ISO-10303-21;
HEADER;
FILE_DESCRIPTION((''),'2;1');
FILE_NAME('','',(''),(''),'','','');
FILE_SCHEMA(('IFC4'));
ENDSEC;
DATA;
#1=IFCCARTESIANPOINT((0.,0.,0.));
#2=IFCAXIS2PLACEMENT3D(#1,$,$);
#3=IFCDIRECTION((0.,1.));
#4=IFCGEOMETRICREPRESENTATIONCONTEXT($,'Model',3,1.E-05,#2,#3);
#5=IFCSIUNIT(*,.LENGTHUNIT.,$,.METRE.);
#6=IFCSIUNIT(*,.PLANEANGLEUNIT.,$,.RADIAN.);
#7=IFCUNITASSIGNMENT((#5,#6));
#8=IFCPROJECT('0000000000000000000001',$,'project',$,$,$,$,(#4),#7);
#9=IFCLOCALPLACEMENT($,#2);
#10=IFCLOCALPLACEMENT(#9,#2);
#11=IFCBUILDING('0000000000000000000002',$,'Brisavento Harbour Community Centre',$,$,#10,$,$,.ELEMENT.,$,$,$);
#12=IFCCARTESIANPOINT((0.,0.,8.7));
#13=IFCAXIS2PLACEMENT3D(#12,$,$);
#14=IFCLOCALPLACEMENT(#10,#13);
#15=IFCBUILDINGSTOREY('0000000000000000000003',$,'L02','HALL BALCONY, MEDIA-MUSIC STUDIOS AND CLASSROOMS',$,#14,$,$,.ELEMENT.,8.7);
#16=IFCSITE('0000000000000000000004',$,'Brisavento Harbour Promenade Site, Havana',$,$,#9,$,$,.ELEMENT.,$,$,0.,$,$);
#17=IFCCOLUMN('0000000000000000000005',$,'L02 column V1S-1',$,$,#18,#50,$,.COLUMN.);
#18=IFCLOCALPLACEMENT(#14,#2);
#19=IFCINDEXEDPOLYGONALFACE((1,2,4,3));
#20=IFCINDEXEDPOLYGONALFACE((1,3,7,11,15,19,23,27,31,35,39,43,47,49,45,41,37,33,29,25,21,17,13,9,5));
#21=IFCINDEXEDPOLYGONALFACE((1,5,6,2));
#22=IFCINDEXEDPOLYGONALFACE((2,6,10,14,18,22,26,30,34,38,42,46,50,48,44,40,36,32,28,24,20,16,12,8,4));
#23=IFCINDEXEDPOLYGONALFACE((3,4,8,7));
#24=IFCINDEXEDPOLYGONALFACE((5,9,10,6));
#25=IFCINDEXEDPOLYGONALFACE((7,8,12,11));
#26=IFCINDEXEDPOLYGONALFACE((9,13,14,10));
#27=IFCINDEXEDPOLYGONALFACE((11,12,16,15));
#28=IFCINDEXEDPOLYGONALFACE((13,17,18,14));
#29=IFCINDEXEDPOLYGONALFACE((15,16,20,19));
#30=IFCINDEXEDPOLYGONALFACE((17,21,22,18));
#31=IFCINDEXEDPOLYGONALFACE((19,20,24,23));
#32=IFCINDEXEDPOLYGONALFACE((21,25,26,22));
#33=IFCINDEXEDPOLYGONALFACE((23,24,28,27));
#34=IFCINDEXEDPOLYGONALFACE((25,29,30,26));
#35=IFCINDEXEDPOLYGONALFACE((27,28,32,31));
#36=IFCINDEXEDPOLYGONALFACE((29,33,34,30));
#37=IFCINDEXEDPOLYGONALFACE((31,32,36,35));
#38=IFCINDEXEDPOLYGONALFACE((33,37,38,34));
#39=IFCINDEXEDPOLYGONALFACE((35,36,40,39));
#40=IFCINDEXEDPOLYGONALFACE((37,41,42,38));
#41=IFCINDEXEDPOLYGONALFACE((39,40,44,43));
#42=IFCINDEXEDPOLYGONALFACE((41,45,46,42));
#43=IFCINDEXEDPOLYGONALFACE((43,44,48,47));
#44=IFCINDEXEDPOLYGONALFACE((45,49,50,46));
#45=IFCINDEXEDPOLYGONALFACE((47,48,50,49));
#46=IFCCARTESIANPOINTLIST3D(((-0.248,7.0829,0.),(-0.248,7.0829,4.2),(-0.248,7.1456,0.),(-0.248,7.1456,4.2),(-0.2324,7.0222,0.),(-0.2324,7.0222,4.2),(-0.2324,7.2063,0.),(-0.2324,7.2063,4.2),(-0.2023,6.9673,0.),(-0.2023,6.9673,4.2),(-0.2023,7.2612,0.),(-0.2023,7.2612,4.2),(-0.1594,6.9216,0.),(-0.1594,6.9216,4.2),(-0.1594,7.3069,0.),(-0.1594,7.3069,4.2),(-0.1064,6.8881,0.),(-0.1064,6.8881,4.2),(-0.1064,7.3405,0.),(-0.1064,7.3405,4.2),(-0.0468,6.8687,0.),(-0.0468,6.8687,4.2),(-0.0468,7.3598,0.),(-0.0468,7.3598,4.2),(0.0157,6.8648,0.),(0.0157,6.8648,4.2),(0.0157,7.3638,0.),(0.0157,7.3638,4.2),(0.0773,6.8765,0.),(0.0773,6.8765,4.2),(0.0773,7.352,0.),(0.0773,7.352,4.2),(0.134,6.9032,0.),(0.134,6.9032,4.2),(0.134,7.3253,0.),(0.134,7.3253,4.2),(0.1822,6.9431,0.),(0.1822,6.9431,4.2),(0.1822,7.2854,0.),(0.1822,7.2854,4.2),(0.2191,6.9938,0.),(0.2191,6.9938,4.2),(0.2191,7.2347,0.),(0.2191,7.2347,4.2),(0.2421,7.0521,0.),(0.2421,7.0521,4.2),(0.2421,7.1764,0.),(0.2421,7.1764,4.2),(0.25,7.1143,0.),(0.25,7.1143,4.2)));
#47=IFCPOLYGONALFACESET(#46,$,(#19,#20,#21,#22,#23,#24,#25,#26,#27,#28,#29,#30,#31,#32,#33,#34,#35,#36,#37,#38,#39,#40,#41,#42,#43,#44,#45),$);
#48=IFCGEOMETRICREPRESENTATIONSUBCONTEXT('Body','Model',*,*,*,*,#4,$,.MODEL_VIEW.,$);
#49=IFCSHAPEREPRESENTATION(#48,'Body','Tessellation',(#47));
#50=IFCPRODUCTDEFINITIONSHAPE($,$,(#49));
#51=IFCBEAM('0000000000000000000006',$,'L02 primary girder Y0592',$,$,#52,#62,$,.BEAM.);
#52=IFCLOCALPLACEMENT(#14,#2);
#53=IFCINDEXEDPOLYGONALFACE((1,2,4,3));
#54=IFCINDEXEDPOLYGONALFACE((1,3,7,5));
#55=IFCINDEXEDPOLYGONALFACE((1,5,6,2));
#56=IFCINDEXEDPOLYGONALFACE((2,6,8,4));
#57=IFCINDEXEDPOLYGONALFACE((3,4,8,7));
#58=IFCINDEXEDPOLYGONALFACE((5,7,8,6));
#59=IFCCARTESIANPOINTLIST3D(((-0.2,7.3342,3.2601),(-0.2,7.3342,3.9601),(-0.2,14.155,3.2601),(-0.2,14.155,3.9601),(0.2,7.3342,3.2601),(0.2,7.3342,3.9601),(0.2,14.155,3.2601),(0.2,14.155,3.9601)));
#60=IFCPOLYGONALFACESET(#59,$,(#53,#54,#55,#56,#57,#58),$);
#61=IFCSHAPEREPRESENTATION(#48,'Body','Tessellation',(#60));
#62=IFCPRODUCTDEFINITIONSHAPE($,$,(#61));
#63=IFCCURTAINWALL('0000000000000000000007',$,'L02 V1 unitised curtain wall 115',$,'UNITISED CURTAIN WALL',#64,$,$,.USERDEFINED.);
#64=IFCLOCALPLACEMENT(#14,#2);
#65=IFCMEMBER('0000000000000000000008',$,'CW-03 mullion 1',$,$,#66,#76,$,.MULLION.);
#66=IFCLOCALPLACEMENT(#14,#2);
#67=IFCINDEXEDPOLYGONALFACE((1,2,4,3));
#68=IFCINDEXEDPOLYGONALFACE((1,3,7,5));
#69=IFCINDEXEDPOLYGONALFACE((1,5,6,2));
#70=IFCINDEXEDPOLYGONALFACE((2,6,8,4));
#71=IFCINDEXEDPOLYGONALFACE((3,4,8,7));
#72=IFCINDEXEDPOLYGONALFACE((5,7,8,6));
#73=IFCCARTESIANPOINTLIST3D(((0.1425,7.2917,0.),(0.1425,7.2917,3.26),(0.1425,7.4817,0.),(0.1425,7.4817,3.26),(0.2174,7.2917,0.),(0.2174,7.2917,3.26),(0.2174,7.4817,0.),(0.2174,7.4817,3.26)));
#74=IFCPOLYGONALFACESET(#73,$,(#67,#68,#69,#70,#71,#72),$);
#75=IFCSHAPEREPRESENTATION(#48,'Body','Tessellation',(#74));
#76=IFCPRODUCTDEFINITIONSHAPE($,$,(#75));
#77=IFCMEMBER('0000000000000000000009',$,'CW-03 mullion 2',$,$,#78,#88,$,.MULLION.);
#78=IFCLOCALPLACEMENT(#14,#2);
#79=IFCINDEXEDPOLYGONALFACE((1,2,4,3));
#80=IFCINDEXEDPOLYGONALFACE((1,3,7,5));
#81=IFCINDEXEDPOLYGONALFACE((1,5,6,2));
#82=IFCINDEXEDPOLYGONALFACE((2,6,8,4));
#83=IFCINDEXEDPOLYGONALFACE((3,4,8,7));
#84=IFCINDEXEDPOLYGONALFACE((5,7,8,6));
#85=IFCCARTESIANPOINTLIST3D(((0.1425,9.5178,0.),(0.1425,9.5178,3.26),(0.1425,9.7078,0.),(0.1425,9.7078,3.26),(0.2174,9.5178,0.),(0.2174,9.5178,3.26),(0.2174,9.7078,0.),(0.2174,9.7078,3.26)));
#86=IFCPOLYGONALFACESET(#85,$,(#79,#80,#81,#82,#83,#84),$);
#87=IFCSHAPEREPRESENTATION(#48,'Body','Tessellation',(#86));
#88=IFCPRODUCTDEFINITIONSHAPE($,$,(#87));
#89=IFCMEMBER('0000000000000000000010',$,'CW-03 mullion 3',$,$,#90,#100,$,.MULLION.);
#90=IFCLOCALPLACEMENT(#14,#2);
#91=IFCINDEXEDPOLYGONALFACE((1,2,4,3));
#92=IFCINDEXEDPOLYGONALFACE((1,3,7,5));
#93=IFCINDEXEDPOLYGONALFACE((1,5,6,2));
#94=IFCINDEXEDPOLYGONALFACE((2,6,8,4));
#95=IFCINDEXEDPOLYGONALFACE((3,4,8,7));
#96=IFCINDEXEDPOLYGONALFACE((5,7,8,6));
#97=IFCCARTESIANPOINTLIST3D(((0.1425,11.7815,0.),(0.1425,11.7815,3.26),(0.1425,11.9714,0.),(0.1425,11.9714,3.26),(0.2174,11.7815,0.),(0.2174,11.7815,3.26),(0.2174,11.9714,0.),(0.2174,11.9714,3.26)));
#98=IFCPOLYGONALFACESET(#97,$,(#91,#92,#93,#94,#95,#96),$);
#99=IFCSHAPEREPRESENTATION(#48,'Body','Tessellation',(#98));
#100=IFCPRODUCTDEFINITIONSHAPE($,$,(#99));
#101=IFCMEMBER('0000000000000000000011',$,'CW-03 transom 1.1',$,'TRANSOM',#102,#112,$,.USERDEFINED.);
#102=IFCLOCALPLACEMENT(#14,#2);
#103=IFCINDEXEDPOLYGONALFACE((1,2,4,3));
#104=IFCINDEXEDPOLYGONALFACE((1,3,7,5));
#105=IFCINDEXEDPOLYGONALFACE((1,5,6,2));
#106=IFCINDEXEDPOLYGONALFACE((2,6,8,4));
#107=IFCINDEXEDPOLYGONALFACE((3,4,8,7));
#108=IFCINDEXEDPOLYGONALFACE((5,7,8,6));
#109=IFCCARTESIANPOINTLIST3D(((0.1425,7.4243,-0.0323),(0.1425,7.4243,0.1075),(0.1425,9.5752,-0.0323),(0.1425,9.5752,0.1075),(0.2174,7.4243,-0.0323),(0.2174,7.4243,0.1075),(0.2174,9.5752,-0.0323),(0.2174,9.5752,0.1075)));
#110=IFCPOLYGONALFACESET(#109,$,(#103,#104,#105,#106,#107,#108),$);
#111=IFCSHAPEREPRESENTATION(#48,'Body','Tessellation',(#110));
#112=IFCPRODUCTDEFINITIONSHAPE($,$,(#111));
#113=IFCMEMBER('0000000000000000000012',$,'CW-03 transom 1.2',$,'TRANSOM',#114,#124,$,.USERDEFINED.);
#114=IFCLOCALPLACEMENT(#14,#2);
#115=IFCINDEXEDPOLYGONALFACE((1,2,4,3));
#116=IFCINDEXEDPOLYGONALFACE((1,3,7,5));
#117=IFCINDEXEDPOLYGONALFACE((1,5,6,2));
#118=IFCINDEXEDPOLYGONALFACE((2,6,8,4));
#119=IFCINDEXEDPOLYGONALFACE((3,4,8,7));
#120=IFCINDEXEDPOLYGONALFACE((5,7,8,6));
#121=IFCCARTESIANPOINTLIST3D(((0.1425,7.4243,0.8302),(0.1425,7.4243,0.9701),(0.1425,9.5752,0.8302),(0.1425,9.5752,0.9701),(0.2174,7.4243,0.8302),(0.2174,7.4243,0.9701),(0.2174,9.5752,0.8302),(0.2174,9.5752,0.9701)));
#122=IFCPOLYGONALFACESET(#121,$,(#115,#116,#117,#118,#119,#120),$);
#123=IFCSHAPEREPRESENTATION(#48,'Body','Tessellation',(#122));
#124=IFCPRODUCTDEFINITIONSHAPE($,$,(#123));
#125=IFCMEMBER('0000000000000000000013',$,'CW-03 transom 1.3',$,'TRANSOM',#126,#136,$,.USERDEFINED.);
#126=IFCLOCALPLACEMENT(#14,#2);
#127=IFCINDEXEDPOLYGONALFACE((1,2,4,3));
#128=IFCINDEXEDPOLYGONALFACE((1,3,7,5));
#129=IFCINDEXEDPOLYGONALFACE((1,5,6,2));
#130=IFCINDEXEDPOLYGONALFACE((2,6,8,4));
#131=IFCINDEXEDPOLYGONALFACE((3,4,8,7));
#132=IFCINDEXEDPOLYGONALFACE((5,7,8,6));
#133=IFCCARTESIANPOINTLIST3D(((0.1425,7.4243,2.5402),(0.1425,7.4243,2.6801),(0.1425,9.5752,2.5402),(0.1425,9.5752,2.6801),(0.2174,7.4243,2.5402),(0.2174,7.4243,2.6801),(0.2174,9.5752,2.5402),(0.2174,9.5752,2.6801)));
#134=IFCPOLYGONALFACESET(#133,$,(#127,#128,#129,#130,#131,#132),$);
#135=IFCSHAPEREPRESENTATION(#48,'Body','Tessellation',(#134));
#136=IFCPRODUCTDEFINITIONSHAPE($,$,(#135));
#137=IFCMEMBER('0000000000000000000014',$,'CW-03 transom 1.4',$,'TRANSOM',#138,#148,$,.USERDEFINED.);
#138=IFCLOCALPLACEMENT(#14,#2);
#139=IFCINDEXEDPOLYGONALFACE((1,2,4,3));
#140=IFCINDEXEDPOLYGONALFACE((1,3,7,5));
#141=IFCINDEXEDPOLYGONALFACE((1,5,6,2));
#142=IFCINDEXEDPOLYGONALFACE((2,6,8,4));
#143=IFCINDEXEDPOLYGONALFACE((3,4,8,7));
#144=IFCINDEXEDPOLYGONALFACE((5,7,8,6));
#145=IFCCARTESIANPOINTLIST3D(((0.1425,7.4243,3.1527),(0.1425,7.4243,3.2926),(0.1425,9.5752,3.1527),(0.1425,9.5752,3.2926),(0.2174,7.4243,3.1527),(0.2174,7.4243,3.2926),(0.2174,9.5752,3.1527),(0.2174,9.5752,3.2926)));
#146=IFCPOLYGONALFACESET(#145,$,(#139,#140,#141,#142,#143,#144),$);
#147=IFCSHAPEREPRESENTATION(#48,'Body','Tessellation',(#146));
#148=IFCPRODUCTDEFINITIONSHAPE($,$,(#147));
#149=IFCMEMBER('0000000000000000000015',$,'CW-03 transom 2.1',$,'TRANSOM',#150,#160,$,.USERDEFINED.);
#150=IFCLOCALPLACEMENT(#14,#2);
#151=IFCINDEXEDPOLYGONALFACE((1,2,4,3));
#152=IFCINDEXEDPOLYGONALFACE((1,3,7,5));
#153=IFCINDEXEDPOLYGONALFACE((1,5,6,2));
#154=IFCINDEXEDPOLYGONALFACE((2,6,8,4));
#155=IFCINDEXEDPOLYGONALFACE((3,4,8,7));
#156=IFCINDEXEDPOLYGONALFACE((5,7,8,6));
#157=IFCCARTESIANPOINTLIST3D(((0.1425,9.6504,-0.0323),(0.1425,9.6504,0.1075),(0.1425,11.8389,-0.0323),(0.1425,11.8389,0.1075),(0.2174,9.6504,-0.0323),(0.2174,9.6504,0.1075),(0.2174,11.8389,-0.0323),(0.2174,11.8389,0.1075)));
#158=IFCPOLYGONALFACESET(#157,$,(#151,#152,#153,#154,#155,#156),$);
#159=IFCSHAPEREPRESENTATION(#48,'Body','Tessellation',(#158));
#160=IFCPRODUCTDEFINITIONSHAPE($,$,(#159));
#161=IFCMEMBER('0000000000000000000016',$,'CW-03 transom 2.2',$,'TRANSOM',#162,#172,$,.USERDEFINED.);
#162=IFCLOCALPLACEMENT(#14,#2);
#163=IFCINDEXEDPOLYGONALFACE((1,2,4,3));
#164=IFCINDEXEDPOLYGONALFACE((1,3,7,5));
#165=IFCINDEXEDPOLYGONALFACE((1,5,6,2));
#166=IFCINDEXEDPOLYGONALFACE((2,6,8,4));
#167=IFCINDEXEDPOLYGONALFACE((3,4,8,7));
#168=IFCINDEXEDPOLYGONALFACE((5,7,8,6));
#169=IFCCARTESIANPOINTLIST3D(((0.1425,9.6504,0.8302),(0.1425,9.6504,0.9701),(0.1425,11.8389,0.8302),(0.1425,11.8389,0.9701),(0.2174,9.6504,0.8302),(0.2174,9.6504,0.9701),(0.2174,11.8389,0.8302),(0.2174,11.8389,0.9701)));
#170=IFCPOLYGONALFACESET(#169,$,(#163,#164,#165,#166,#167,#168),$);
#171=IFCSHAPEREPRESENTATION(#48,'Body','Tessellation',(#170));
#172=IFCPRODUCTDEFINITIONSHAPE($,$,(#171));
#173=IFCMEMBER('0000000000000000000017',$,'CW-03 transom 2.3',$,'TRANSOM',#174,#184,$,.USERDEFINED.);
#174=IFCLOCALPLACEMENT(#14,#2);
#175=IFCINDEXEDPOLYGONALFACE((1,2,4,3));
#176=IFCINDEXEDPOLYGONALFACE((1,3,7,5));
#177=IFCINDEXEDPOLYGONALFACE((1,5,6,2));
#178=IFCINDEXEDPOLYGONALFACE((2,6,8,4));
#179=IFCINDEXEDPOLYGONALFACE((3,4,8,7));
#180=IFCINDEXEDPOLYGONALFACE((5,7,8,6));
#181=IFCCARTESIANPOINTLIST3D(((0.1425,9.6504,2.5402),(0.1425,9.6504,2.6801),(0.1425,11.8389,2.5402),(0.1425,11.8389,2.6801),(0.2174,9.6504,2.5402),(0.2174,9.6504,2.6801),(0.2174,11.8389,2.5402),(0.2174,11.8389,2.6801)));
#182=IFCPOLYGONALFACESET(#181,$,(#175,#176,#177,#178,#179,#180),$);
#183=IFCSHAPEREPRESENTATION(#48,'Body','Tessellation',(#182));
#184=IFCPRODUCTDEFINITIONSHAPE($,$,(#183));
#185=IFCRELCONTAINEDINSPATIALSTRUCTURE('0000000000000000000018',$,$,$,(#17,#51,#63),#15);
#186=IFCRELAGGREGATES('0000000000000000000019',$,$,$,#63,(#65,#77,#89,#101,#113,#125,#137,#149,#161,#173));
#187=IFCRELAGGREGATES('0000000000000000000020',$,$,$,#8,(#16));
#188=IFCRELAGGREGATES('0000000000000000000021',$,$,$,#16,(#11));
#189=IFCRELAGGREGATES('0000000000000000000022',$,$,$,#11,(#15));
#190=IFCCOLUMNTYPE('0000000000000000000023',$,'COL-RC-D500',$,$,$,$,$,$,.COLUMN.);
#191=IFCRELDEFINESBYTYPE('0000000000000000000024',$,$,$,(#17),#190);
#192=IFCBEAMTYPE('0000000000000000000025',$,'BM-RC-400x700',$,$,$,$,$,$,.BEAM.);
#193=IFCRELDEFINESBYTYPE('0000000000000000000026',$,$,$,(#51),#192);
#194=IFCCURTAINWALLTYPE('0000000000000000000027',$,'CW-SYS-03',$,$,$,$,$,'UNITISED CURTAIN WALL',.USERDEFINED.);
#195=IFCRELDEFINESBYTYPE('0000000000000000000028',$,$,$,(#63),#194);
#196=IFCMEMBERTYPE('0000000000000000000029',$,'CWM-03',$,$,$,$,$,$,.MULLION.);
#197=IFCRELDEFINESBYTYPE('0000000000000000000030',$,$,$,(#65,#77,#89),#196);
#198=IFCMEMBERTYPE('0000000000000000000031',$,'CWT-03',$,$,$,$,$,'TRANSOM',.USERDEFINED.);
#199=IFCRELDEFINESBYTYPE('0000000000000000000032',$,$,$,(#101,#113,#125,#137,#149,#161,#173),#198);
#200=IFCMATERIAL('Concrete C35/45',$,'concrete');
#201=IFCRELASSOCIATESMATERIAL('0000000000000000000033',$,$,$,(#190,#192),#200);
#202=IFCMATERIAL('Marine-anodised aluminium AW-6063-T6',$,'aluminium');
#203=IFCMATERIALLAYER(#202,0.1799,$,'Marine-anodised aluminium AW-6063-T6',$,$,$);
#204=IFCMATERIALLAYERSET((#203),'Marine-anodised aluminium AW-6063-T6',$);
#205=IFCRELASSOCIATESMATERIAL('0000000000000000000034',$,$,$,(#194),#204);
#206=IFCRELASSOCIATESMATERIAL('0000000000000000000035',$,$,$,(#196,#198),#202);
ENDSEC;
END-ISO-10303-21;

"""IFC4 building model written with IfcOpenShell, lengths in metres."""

from ifc_helpers import new_model, si_unit, direction, frame, origin, origin_2d, place, context, subcontext, project, spatial, rectangle, circle, extrude, material, layer, layer_set, material_profile, profile_set, type_object, element, aggregate, save


model = new_model("IFC4")

# Units and contexts
model_context = context("Model", 3, precision=1e-05, world=origin(), true_north=direction((0.0, 1.0)))
body_context = subcontext(model_context, "Body", "Model", "MODEL_VIEW")
ifc_project = project(units=[si_unit("LENGTHUNIT", "METRE"), si_unit("PLANEANGLEUNIT", "RADIAN")], contexts=[model_context])

# Site, building, storey
site_placement = place(None, origin())
site = spatial("IfcSite", under=ifc_project, at=site_placement, Name="Brisavento Harbour Promenade Site, Havana", CompositionType="ELEMENT", RefElevation=0.0)
building_placement = place(site_placement, origin())
building = spatial("IfcBuilding", under=site, at=building_placement, Name="Brisavento Harbour Community Centre", CompositionType="ELEMENT")
storey_placement = place(building_placement, frame((0.0, 0.0, 8.7)))
storey = spatial("IfcBuildingStorey", under=building, at=storey_placement, Name="L02", Description="HALL BALCONY, MEDIA-MUSIC STUDIOS AND CLASSROOMS", CompositionType="ELEMENT", Elevation=8.7)

# Column
ifc_material_1 = material(Name="Concrete C35/45", Category="concrete")
ifc_material_profile_1 = material_profile(ifc_material_1, circle(Radius=0.25, at=origin_2d()), Name="Concrete C35/45")
ifc_profile_set_1 = profile_set([ifc_material_profile_1], Name="Concrete C35/45")
column_type = type_object("IfcColumnType", Name="COL-RC-D500", PredefinedType="COLUMN", material=ifc_profile_set_1)
column_placement = place(storey_placement, frame((0.0, 7.1143, 0.0), z_axis=(0.0, 0.0, 1.0), x_axis=(1.0, 0.0, 0.0)))
element("IfcColumn", 1, at=column_placement, inside=storey, type_object=column_type, Name="L02 column V1S-1", PredefinedType="COLUMN", context=body_context, shape_type="SweptSolid", body=[
    extrude(circle(Radius=0.25, at=origin_2d()), origin(), (0.0, 0.0, 1.0), 4.2),
])

# Beam
ifc_material_profile_2 = material_profile(ifc_material_1, rectangle(XDim=0.3999, YDim=0.7, at=origin_2d()), Name="Concrete C35/45")
ifc_profile_set_2 = profile_set([ifc_material_profile_2], Name="Concrete C35/45")
beam_type = type_object("IfcBeamType", Name="BM-RC-400x700", PredefinedType="BEAM", material=ifc_profile_set_2)
beam_placement = place(storey_placement, frame((0.0, 7.3342, 3.6101), z_axis=(0.0, 1.0, 0.0), x_axis=(-1.0, 0.0, 0.0)))
element("IfcBeam", 2, at=beam_placement, inside=storey, type_object=beam_type, Name="L02 primary girder Y0592", PredefinedType="BEAM", context=body_context, shape_type="SweptSolid", body=[
    extrude(rectangle(XDim=0.3999, YDim=0.7, at=origin_2d()), origin(), (0.0, 0.0, 1.0), 6.8208),
])

# Curtain wall, members
ifc_material_2 = material(Name="Marine-anodised aluminium AW-6063-T6", Category="aluminium")
ifc_layer_1 = layer(ifc_material_2, 0.1799, Name="Marine-anodised aluminium AW-6063-T6")
ifc_layer_set_1 = layer_set([ifc_layer_1], Name="Marine-anodised aluminium AW-6063-T6")
curtain_wall_type = type_object("IfcCurtainWallType", Name="CW-SYS-03", ElementType="UNITISED CURTAIN WALL", PredefinedType="USERDEFINED", material=ifc_layer_set_1)
curtain_wall_placement = place(storey_placement, origin())
curtain_wall = element("IfcCurtainWall", 3, at=curtain_wall_placement, inside=storey, type_object=curtain_wall_type, Name="L02 V1 unitised curtain wall 115", ObjectType="UNITISED CURTAIN WALL", PredefinedType="USERDEFINED")
ifc_material_profile_3 = material_profile(ifc_material_2, rectangle(XDim=0.075, YDim=0.1899, at=origin_2d()), Name="Marine-anodised aluminium AW-6063-T6")
ifc_profile_set_3 = profile_set([ifc_material_profile_3], Name="Marine-anodised aluminium AW-6063-T6")
member_type_1 = type_object("IfcMemberType", Name="CWM-03", PredefinedType="MULLION", material=ifc_profile_set_3)
member_1_placement = place(storey_placement, frame((0.1799, 7.3867, 0.0), z_axis=(0.0, 0.0, 1.0), x_axis=(-1.0, 0.0, 0.0)))
member_1 = element("IfcMember", 4, at=member_1_placement, type_object=member_type_1, Name="CW-03 mullion 1", PredefinedType="MULLION", context=body_context, shape_type="SweptSolid", body=[
    extrude(rectangle(XDim=0.075, YDim=0.1899, at=origin_2d()), origin(), (0.0, 0.0, 1.0), 3.26),
])
member_2_placement = place(storey_placement, frame((0.1799, 9.6128, 0.0), z_axis=(0.0, 0.0, 1.0), x_axis=(-1.0, 0.0, 0.0)))
member_2 = element("IfcMember", 5, at=member_2_placement, type_object=member_type_1, Name="CW-03 mullion 2", PredefinedType="MULLION", context=body_context, shape_type="SweptSolid", body=[
    extrude(rectangle(XDim=0.075, YDim=0.1899, at=origin_2d()), origin(), (0.0, 0.0, 1.0), 3.26),
])
member_3_placement = place(storey_placement, frame((0.1799, 11.8765, 0.0), z_axis=(0.0, 0.0, 1.0), x_axis=(-1.0, 0.0, 0.0)))
member_3 = element("IfcMember", 6, at=member_3_placement, type_object=member_type_1, Name="CW-03 mullion 3", PredefinedType="MULLION", context=body_context, shape_type="SweptSolid", body=[
    extrude(rectangle(XDim=0.075, YDim=0.1899, at=origin_2d()), origin(), (0.0, 0.0, 1.0), 3.26),
])
ifc_material_profile_4 = material_profile(ifc_material_2, rectangle(XDim=0.075, YDim=0.1399, at=origin_2d()), Name="Marine-anodised aluminium AW-6063-T6")
ifc_profile_set_4 = profile_set([ifc_material_profile_4], Name="Marine-anodised aluminium AW-6063-T6")
member_type_2 = type_object("IfcMemberType", Name="CWT-03", ElementType="TRANSOM", PredefinedType="USERDEFINED", material=ifc_profile_set_4)
member_4_placement = place(storey_placement, frame((0.1799, 7.4243, 0.0376), z_axis=(0.0, 1.0, 0.0), x_axis=(-1.0, 0.0, 0.0)))
member_4 = element("IfcMember", 7, at=member_4_placement, type_object=member_type_2, Name="CW-03 transom 1.1", ObjectType="TRANSOM", PredefinedType="USERDEFINED", context=body_context, shape_type="SweptSolid", body=[
    extrude(rectangle(XDim=0.075, YDim=0.1399, at=origin_2d()), origin(), (0.0, 0.0, 1.0), 2.1509),
])
member_5_placement = place(storey_placement, frame((0.1799, 7.4243, 0.9001), z_axis=(0.0, 1.0, 0.0), x_axis=(-1.0, 0.0, 0.0)))
member_5 = element("IfcMember", 8, at=member_5_placement, type_object=member_type_2, Name="CW-03 transom 1.2", ObjectType="TRANSOM", PredefinedType="USERDEFINED", context=body_context, shape_type="SweptSolid", body=[
    extrude(rectangle(XDim=0.075, YDim=0.1399, at=origin_2d()), origin(), (0.0, 0.0, 1.0), 2.1509),
])
member_6_placement = place(storey_placement, frame((0.1799, 7.4243, 2.6101), z_axis=(0.0, 1.0, 0.0), x_axis=(-1.0, 0.0, 0.0)))
member_6 = element("IfcMember", 9, at=member_6_placement, type_object=member_type_2, Name="CW-03 transom 1.3", ObjectType="TRANSOM", PredefinedType="USERDEFINED", context=body_context, shape_type="SweptSolid", body=[
    extrude(rectangle(XDim=0.075, YDim=0.1399, at=origin_2d()), origin(), (0.0, 0.0, 1.0), 2.1509),
])
member_7_placement = place(storey_placement, frame((0.1799, 7.4243, 3.2227), z_axis=(0.0, 1.0, 0.0), x_axis=(-1.0, 0.0, 0.0)))
member_7 = element("IfcMember", 10, at=member_7_placement, type_object=member_type_2, Name="CW-03 transom 1.4", ObjectType="TRANSOM", PredefinedType="USERDEFINED", context=body_context, shape_type="SweptSolid", body=[
    extrude(rectangle(XDim=0.075, YDim=0.1399, at=origin_2d()), origin(), (0.0, 0.0, 1.0), 2.1509),
])
member_8_placement = place(storey_placement, frame((0.1799, 9.6504, 0.0376), z_axis=(0.0, 1.0, 0.0), x_axis=(-1.0, 0.0, 0.0)))
member_8 = element("IfcMember", 11, at=member_8_placement, type_object=member_type_2, Name="CW-03 transom 2.1", ObjectType="TRANSOM", PredefinedType="USERDEFINED", context=body_context, shape_type="SweptSolid", body=[
    extrude(rectangle(XDim=0.075, YDim=0.1399, at=origin_2d()), origin(), (0.0, 0.0, 1.0), 2.1885),
])
member_9_placement = place(storey_placement, frame((0.1799, 9.6504, 0.9001), z_axis=(0.0, 1.0, 0.0), x_axis=(-1.0, 0.0, 0.0)))
member_9 = element("IfcMember", 12, at=member_9_placement, type_object=member_type_2, Name="CW-03 transom 2.2", ObjectType="TRANSOM", PredefinedType="USERDEFINED", context=body_context, shape_type="SweptSolid", body=[
    extrude(rectangle(XDim=0.075, YDim=0.1399, at=origin_2d()), origin(), (0.0, 0.0, 1.0), 2.1885),
])
member_10_placement = place(storey_placement, frame((0.1799, 9.6504, 2.6101), z_axis=(0.0, 1.0, 0.0), x_axis=(-1.0, 0.0, 0.0)))
member_10 = element("IfcMember", 13, at=member_10_placement, type_object=member_type_2, Name="CW-03 transom 2.3", ObjectType="TRANSOM", PredefinedType="USERDEFINED", context=body_context, shape_type="SweptSolid", body=[
    extrude(rectangle(XDim=0.075, YDim=0.1399, at=origin_2d()), origin(), (0.0, 0.0, 1.0), 2.1885),
])
aggregate(curtain_wall, [member_1, member_2, member_3, member_4, member_5, member_6, member_7, member_8, member_9, member_10])

save(model, "model.ifc")
